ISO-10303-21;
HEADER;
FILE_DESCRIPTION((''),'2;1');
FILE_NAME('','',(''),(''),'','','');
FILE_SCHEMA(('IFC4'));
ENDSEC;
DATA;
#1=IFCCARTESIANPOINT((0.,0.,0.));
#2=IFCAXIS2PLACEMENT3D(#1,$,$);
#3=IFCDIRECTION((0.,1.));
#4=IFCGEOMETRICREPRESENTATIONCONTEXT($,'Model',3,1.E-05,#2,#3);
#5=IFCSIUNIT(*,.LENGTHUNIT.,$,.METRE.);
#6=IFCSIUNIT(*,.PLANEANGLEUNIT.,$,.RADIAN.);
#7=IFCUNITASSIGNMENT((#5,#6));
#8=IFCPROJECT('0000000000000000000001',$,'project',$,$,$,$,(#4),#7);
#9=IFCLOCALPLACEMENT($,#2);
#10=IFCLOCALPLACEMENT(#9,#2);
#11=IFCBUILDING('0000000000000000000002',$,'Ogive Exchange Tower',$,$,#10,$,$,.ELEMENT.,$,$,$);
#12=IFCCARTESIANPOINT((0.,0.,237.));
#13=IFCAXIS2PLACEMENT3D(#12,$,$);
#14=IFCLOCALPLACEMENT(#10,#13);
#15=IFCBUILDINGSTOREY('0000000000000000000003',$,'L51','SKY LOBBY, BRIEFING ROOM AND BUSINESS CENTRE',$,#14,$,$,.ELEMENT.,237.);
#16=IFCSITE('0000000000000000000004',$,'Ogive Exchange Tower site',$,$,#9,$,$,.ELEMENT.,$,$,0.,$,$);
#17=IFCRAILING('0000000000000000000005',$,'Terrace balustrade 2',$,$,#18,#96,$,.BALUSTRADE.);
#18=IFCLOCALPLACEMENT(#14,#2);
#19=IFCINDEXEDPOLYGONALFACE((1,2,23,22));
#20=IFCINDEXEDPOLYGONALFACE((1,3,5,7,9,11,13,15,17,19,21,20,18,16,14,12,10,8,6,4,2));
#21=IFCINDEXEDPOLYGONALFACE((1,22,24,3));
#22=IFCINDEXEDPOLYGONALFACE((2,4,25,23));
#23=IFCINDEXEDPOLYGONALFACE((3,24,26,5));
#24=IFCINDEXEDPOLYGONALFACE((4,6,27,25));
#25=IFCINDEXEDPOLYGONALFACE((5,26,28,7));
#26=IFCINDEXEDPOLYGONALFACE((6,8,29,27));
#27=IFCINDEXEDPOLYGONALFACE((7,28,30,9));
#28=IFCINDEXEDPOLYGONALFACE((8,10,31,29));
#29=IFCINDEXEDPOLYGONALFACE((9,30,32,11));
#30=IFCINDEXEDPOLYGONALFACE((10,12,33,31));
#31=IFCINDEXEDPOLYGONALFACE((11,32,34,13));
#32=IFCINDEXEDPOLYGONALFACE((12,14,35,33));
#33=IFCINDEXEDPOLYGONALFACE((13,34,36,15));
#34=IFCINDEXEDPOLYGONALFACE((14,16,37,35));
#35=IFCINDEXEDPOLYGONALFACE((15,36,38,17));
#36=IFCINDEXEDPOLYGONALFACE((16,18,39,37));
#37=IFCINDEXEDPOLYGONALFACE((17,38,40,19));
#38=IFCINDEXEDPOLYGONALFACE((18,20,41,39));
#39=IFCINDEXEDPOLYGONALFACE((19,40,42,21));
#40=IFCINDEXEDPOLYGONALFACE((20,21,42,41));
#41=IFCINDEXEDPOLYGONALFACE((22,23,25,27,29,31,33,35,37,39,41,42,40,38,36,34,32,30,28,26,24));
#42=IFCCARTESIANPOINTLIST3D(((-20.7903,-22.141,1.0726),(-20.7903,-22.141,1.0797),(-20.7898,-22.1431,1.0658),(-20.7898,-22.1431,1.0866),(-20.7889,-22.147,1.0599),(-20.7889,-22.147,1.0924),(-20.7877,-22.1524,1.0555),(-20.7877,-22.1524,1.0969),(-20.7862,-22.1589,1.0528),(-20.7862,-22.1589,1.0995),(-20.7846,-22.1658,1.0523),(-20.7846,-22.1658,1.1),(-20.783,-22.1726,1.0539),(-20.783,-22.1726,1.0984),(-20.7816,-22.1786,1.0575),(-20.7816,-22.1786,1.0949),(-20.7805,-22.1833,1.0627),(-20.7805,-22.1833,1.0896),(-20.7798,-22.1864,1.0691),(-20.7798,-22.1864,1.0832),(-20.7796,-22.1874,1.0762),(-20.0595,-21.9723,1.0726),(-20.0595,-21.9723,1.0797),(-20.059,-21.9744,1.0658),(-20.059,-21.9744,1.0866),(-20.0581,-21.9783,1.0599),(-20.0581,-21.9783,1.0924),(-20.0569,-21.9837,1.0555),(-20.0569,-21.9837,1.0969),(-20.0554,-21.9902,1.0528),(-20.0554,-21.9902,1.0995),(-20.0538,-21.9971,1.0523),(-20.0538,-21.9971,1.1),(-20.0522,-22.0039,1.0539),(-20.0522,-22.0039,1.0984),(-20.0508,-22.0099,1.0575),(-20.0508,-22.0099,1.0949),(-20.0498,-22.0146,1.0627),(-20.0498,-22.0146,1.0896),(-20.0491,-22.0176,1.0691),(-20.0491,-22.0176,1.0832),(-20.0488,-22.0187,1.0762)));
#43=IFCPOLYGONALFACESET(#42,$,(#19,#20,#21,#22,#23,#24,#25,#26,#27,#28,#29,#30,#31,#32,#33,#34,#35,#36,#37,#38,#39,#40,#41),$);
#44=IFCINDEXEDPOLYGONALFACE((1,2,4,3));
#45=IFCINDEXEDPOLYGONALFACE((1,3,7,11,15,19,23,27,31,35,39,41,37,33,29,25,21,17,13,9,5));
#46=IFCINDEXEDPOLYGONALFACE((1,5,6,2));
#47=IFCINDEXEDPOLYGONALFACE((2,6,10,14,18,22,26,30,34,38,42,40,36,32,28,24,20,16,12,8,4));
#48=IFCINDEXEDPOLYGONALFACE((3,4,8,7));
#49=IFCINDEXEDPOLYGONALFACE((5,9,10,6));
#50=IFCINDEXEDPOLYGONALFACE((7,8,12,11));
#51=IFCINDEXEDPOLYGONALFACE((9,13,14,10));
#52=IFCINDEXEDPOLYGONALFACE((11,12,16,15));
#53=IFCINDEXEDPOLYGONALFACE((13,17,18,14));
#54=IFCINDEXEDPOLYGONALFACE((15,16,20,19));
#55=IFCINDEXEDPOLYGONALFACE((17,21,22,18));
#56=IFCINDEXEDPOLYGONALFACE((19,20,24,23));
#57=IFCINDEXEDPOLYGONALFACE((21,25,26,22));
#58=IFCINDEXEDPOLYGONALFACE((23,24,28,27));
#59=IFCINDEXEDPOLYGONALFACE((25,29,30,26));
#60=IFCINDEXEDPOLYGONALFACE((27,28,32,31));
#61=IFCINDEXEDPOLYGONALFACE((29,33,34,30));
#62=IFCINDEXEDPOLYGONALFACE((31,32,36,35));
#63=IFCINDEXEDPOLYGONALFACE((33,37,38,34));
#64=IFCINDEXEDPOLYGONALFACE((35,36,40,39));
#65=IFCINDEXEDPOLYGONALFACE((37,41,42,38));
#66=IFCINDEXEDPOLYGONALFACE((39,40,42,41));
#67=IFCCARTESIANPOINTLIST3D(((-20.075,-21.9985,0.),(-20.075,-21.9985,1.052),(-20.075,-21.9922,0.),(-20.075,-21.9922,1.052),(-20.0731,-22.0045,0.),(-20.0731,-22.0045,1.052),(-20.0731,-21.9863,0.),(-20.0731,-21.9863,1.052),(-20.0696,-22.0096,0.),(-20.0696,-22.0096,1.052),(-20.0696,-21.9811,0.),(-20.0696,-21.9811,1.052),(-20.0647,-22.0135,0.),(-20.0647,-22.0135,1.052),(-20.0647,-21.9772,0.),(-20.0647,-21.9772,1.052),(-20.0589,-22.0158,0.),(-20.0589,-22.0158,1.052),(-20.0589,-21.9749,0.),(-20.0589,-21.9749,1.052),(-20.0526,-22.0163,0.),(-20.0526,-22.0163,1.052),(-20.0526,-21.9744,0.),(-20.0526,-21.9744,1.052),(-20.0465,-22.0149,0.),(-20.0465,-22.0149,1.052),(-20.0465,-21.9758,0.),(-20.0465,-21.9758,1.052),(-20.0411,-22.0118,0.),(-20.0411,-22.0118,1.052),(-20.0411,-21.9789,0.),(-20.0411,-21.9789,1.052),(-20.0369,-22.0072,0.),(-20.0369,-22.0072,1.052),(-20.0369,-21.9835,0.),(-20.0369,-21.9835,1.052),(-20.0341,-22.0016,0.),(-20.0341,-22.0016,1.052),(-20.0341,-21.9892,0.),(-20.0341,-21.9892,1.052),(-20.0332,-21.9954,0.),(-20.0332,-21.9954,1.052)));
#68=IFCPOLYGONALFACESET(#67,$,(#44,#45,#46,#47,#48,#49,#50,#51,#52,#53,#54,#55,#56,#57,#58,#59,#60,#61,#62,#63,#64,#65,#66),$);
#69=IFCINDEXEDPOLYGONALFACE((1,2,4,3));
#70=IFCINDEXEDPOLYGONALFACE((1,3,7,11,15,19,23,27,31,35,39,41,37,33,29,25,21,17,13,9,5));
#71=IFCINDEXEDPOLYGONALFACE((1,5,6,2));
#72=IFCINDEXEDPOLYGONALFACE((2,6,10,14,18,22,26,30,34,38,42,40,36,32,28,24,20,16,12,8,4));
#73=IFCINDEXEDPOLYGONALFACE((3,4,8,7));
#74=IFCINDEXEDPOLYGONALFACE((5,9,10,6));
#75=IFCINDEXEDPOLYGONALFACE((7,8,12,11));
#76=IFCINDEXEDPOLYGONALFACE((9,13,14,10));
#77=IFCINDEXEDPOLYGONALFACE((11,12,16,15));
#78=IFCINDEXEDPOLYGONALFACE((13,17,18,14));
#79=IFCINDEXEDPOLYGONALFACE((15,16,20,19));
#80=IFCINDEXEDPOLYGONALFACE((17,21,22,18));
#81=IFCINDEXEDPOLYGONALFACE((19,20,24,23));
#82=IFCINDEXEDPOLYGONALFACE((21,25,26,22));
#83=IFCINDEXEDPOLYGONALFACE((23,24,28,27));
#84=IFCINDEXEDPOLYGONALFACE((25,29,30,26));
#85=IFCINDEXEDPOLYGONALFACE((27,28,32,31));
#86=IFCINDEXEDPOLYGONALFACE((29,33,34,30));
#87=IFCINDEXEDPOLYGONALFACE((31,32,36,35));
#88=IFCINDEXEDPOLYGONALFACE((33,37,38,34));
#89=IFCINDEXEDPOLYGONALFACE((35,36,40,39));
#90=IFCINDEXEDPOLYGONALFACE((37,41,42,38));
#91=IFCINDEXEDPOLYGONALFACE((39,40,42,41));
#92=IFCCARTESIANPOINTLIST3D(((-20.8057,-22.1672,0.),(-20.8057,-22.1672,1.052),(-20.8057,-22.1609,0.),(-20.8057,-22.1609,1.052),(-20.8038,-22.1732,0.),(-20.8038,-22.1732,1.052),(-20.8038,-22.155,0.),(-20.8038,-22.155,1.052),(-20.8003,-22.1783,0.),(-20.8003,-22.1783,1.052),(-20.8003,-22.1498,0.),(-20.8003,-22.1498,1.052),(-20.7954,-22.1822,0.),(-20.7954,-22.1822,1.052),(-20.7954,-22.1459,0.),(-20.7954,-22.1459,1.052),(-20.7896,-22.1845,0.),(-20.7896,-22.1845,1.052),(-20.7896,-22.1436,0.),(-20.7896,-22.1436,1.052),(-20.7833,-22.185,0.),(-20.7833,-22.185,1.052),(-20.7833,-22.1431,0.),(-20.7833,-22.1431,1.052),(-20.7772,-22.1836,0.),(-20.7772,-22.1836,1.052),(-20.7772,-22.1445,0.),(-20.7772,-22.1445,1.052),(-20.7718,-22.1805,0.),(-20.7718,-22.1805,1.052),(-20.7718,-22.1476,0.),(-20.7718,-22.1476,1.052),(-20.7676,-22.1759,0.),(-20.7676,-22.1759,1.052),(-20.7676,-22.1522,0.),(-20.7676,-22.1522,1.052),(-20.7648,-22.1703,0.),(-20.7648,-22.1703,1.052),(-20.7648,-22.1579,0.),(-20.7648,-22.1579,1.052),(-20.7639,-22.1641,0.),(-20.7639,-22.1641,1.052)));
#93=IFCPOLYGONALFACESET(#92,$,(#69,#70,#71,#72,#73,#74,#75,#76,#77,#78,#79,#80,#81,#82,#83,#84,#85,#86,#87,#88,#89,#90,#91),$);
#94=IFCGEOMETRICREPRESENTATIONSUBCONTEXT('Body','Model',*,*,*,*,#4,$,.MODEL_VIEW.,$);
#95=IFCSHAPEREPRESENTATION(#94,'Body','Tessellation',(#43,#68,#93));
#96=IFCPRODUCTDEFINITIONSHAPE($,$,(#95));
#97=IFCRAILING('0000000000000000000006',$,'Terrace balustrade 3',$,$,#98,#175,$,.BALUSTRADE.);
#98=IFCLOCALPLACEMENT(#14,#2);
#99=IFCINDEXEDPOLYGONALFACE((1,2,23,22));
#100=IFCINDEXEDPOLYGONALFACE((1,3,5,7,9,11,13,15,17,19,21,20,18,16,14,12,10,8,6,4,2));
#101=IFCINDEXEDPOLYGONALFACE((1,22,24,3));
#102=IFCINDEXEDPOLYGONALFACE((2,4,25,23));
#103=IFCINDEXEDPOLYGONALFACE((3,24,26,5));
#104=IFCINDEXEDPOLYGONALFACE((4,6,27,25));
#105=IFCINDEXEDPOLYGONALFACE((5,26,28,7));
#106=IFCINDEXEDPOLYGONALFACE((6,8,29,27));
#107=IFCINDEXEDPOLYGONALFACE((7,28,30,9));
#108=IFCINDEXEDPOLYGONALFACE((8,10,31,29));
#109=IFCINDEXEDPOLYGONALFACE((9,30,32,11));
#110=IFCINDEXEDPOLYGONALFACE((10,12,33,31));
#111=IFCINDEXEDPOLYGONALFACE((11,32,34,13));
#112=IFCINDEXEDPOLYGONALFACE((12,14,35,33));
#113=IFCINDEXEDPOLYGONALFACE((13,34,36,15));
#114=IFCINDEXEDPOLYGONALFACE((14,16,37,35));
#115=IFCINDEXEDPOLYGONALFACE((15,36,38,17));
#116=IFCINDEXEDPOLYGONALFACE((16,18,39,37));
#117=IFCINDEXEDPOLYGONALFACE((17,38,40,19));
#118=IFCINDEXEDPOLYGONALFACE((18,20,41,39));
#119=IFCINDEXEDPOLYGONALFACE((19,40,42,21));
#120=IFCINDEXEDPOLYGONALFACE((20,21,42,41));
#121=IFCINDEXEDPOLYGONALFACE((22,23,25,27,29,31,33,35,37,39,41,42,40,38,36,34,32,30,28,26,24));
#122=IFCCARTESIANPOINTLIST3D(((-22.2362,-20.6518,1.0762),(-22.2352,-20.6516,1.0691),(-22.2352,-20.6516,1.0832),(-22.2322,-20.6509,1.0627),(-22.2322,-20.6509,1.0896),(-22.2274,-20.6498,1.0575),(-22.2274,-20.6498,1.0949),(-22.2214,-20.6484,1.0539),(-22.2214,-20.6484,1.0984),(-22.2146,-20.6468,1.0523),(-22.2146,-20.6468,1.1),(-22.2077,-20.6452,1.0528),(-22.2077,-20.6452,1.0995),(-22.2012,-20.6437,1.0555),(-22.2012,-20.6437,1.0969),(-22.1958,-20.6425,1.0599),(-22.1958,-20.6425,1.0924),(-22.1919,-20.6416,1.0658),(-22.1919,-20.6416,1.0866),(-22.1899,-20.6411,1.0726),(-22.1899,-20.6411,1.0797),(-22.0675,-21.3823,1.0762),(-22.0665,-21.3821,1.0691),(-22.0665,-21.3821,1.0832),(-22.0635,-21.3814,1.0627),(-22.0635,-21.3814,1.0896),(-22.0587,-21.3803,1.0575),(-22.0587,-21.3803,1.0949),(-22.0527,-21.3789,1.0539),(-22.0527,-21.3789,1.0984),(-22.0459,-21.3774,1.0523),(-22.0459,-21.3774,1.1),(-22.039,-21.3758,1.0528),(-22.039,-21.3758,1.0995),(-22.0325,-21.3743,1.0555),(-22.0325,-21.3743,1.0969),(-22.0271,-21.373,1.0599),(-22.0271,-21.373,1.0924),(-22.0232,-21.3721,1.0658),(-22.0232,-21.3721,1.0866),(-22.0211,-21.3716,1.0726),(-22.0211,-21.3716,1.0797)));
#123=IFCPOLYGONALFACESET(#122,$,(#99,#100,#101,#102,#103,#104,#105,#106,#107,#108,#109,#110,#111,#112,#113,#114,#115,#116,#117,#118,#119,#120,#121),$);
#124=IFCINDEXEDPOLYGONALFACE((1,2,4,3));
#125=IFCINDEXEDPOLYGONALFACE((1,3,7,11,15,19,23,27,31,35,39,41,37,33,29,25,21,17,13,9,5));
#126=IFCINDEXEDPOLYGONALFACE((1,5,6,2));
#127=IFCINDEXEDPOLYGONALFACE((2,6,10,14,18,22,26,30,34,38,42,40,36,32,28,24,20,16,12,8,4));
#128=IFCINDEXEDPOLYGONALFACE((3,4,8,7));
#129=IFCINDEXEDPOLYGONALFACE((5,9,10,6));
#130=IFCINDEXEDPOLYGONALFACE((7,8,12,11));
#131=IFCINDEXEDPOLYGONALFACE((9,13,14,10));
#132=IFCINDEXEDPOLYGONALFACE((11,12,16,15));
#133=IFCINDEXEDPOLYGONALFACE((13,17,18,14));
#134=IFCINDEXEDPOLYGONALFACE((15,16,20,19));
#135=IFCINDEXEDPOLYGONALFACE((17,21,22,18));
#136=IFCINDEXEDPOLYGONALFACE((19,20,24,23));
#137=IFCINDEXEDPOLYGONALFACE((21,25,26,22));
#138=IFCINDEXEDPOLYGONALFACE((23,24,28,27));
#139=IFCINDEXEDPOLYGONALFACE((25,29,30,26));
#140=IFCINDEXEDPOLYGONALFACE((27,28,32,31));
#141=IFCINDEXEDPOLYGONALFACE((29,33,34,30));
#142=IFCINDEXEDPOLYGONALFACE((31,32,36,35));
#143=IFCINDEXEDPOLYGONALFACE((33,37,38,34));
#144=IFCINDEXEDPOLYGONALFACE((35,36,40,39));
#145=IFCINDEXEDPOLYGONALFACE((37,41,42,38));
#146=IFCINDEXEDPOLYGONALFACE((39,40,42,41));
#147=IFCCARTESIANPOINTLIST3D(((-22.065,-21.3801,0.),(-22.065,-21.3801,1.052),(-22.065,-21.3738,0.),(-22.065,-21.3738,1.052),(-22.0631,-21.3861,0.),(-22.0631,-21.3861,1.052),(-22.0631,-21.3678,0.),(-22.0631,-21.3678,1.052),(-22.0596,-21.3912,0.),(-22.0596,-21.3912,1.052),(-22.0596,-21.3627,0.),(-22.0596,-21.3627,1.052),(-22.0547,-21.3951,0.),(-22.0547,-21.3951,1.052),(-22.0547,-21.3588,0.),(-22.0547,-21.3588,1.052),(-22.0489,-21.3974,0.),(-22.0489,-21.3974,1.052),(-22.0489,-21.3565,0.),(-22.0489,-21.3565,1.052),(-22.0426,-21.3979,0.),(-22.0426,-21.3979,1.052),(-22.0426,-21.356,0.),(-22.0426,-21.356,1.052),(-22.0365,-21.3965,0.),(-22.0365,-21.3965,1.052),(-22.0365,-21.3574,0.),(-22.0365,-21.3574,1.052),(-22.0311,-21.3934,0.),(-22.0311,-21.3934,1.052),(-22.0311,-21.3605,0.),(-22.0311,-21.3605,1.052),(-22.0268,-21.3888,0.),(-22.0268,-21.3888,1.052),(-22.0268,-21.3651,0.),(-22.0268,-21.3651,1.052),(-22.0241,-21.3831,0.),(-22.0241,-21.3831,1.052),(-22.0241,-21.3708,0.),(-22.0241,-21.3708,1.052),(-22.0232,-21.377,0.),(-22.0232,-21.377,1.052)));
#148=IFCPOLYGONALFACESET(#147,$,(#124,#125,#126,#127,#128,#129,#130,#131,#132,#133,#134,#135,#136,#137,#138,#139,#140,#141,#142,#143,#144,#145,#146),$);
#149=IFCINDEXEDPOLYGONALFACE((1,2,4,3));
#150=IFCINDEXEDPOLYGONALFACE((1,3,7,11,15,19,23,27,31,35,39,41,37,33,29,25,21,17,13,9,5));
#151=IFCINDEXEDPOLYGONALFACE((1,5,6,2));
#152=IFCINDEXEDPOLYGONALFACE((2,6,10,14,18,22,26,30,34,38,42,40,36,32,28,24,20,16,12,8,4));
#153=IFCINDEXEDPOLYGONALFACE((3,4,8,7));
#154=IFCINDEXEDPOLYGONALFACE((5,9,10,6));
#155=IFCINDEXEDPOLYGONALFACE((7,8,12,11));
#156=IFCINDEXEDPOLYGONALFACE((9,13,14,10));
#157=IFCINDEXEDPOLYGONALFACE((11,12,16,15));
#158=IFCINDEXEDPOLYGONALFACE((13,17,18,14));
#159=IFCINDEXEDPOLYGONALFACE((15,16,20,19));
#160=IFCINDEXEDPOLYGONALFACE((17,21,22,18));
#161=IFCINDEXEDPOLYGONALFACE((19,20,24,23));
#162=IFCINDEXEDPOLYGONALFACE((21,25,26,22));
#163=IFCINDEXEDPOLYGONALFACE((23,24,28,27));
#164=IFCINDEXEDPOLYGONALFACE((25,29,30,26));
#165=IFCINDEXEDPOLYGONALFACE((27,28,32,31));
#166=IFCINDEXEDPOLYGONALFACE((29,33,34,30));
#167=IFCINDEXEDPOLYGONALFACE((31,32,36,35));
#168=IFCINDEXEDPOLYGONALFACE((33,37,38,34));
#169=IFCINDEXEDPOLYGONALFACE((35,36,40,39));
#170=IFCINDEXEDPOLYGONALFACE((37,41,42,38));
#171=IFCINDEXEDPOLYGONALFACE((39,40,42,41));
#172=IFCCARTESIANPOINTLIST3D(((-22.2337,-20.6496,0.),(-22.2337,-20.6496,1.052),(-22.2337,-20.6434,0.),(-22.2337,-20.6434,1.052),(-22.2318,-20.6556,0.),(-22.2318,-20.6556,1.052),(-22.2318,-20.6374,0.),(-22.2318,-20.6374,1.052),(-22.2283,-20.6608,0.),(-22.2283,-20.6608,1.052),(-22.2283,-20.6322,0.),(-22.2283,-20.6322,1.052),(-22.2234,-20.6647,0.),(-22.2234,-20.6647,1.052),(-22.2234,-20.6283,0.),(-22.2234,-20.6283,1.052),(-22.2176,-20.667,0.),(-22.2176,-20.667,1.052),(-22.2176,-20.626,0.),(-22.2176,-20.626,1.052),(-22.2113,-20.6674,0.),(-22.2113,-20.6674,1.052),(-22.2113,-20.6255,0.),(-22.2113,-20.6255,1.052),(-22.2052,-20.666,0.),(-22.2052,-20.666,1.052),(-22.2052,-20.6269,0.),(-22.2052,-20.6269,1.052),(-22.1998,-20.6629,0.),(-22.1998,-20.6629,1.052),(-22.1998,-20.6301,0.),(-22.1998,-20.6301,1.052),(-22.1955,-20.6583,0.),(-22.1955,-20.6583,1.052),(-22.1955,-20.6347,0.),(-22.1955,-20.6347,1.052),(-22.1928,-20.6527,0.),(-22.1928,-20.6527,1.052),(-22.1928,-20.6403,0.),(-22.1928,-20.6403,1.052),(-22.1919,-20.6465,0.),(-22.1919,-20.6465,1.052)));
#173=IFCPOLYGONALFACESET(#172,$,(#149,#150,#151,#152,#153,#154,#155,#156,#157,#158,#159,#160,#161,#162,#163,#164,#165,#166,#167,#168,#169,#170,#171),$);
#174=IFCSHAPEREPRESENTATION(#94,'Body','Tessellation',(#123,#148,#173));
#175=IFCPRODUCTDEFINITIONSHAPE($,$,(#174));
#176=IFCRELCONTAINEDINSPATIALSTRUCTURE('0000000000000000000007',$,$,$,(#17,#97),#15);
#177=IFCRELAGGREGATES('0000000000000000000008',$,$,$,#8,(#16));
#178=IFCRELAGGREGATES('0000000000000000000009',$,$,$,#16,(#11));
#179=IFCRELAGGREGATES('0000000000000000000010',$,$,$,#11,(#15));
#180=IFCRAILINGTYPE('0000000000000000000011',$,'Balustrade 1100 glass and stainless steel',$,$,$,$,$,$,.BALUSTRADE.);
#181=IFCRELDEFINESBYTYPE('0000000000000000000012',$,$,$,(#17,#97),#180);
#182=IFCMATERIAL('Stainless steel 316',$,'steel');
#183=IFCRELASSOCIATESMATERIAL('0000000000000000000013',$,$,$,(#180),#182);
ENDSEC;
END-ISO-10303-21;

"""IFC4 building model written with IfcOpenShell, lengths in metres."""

from ifc_helpers import new_model, si_unit, direction, frame, origin, origin_2d, place, context, subcontext, project, spatial, circle, extrude, material, type_object, element, save


model = new_model("IFC4")

# Units and contexts
model_context = context("Model", 3, precision=1e-05, world=origin(), true_north=direction((0.0, 1.0)))
body_context = subcontext(model_context, "Body", "Model", "MODEL_VIEW")
ifc_project = project(units=[si_unit("LENGTHUNIT", "METRE"), si_unit("PLANEANGLEUNIT", "RADIAN")], contexts=[model_context])

# Site, building, storey
site_placement = place(None, origin())
site = spatial("IfcSite", under=ifc_project, at=site_placement, Name="Ogive Exchange Tower site", CompositionType="ELEMENT", RefElevation=0.0)
building_placement = place(site_placement, origin())
building = spatial("IfcBuilding", under=site, at=building_placement, Name="Ogive Exchange Tower", CompositionType="ELEMENT")
storey_placement = place(building_placement, frame((0.0, 0.0, 237.0)))
storey = spatial("IfcBuildingStorey", under=building, at=storey_placement, Name="L51", Description="SKY LOBBY, BRIEFING ROOM AND BUSINESS CENTRE", CompositionType="ELEMENT", Elevation=237.0)

# Railings
ifc_material_1 = material(Name="Stainless steel 316", Category="steel")
railing_type_1 = type_object("IfcRailingType", Name="Balustrade 1100 glass and stainless steel", PredefinedType="BALUSTRADE", material=ifc_material_1)
railing_1_placement = place(storey_placement, frame((-20.0542, -21.9954, 0.0)))
element("IfcRailing", 1, at=railing_1_placement, inside=storey, type_object=railing_type_1, Name="Terrace balustrade 2", PredefinedType="BALUSTRADE", context=body_context, shape_type="SweptSolid", body=[
    extrude(circle(Radius=0.0239, at=origin_2d()), frame((0.0, 0.0, 1.0762), z_axis=(-0.974369, -0.224955, 0.0), x_axis=(0.224955, -0.974369, 0.0)), (0.0, 0.0, 1.0), 0.75),
    extrude(circle(Radius=0.021, at=origin_2d()), origin(), (0.0, 0.0, 1.0), 1.052),
    extrude(circle(Radius=0.021, at=origin_2d()), frame((-0.7307, -0.1687, 0.0)), (0.0, 0.0, 1.0), 1.052),
])
railing_2_placement = place(storey_placement, frame((-22.0442, -21.377, 0.0)))
element("IfcRailing", 2, at=railing_2_placement, inside=storey, type_object=railing_type_1, Name="Terrace balustrade 3", PredefinedType="BALUSTRADE", context=body_context, shape_type="SweptSolid", body=[
    extrude(circle(Radius=0.0239, at=origin_2d()), frame((0.0, 0.0, 1.0762), z_axis=(-0.225026, 0.974353, 0.0), x_axis=(-0.974353, -0.225026, 0.0)), (0.0, 0.0, 1.0), 0.7498),
    extrude(circle(Radius=0.021, at=origin_2d()), origin(), (0.0, 0.0, 1.0), 1.052),
    extrude(circle(Radius=0.021, at=origin_2d()), frame((-0.1687, 0.7305, 0.0)), (0.0, 0.0, 1.0), 1.052),
])

save(model, "model.ifc")
